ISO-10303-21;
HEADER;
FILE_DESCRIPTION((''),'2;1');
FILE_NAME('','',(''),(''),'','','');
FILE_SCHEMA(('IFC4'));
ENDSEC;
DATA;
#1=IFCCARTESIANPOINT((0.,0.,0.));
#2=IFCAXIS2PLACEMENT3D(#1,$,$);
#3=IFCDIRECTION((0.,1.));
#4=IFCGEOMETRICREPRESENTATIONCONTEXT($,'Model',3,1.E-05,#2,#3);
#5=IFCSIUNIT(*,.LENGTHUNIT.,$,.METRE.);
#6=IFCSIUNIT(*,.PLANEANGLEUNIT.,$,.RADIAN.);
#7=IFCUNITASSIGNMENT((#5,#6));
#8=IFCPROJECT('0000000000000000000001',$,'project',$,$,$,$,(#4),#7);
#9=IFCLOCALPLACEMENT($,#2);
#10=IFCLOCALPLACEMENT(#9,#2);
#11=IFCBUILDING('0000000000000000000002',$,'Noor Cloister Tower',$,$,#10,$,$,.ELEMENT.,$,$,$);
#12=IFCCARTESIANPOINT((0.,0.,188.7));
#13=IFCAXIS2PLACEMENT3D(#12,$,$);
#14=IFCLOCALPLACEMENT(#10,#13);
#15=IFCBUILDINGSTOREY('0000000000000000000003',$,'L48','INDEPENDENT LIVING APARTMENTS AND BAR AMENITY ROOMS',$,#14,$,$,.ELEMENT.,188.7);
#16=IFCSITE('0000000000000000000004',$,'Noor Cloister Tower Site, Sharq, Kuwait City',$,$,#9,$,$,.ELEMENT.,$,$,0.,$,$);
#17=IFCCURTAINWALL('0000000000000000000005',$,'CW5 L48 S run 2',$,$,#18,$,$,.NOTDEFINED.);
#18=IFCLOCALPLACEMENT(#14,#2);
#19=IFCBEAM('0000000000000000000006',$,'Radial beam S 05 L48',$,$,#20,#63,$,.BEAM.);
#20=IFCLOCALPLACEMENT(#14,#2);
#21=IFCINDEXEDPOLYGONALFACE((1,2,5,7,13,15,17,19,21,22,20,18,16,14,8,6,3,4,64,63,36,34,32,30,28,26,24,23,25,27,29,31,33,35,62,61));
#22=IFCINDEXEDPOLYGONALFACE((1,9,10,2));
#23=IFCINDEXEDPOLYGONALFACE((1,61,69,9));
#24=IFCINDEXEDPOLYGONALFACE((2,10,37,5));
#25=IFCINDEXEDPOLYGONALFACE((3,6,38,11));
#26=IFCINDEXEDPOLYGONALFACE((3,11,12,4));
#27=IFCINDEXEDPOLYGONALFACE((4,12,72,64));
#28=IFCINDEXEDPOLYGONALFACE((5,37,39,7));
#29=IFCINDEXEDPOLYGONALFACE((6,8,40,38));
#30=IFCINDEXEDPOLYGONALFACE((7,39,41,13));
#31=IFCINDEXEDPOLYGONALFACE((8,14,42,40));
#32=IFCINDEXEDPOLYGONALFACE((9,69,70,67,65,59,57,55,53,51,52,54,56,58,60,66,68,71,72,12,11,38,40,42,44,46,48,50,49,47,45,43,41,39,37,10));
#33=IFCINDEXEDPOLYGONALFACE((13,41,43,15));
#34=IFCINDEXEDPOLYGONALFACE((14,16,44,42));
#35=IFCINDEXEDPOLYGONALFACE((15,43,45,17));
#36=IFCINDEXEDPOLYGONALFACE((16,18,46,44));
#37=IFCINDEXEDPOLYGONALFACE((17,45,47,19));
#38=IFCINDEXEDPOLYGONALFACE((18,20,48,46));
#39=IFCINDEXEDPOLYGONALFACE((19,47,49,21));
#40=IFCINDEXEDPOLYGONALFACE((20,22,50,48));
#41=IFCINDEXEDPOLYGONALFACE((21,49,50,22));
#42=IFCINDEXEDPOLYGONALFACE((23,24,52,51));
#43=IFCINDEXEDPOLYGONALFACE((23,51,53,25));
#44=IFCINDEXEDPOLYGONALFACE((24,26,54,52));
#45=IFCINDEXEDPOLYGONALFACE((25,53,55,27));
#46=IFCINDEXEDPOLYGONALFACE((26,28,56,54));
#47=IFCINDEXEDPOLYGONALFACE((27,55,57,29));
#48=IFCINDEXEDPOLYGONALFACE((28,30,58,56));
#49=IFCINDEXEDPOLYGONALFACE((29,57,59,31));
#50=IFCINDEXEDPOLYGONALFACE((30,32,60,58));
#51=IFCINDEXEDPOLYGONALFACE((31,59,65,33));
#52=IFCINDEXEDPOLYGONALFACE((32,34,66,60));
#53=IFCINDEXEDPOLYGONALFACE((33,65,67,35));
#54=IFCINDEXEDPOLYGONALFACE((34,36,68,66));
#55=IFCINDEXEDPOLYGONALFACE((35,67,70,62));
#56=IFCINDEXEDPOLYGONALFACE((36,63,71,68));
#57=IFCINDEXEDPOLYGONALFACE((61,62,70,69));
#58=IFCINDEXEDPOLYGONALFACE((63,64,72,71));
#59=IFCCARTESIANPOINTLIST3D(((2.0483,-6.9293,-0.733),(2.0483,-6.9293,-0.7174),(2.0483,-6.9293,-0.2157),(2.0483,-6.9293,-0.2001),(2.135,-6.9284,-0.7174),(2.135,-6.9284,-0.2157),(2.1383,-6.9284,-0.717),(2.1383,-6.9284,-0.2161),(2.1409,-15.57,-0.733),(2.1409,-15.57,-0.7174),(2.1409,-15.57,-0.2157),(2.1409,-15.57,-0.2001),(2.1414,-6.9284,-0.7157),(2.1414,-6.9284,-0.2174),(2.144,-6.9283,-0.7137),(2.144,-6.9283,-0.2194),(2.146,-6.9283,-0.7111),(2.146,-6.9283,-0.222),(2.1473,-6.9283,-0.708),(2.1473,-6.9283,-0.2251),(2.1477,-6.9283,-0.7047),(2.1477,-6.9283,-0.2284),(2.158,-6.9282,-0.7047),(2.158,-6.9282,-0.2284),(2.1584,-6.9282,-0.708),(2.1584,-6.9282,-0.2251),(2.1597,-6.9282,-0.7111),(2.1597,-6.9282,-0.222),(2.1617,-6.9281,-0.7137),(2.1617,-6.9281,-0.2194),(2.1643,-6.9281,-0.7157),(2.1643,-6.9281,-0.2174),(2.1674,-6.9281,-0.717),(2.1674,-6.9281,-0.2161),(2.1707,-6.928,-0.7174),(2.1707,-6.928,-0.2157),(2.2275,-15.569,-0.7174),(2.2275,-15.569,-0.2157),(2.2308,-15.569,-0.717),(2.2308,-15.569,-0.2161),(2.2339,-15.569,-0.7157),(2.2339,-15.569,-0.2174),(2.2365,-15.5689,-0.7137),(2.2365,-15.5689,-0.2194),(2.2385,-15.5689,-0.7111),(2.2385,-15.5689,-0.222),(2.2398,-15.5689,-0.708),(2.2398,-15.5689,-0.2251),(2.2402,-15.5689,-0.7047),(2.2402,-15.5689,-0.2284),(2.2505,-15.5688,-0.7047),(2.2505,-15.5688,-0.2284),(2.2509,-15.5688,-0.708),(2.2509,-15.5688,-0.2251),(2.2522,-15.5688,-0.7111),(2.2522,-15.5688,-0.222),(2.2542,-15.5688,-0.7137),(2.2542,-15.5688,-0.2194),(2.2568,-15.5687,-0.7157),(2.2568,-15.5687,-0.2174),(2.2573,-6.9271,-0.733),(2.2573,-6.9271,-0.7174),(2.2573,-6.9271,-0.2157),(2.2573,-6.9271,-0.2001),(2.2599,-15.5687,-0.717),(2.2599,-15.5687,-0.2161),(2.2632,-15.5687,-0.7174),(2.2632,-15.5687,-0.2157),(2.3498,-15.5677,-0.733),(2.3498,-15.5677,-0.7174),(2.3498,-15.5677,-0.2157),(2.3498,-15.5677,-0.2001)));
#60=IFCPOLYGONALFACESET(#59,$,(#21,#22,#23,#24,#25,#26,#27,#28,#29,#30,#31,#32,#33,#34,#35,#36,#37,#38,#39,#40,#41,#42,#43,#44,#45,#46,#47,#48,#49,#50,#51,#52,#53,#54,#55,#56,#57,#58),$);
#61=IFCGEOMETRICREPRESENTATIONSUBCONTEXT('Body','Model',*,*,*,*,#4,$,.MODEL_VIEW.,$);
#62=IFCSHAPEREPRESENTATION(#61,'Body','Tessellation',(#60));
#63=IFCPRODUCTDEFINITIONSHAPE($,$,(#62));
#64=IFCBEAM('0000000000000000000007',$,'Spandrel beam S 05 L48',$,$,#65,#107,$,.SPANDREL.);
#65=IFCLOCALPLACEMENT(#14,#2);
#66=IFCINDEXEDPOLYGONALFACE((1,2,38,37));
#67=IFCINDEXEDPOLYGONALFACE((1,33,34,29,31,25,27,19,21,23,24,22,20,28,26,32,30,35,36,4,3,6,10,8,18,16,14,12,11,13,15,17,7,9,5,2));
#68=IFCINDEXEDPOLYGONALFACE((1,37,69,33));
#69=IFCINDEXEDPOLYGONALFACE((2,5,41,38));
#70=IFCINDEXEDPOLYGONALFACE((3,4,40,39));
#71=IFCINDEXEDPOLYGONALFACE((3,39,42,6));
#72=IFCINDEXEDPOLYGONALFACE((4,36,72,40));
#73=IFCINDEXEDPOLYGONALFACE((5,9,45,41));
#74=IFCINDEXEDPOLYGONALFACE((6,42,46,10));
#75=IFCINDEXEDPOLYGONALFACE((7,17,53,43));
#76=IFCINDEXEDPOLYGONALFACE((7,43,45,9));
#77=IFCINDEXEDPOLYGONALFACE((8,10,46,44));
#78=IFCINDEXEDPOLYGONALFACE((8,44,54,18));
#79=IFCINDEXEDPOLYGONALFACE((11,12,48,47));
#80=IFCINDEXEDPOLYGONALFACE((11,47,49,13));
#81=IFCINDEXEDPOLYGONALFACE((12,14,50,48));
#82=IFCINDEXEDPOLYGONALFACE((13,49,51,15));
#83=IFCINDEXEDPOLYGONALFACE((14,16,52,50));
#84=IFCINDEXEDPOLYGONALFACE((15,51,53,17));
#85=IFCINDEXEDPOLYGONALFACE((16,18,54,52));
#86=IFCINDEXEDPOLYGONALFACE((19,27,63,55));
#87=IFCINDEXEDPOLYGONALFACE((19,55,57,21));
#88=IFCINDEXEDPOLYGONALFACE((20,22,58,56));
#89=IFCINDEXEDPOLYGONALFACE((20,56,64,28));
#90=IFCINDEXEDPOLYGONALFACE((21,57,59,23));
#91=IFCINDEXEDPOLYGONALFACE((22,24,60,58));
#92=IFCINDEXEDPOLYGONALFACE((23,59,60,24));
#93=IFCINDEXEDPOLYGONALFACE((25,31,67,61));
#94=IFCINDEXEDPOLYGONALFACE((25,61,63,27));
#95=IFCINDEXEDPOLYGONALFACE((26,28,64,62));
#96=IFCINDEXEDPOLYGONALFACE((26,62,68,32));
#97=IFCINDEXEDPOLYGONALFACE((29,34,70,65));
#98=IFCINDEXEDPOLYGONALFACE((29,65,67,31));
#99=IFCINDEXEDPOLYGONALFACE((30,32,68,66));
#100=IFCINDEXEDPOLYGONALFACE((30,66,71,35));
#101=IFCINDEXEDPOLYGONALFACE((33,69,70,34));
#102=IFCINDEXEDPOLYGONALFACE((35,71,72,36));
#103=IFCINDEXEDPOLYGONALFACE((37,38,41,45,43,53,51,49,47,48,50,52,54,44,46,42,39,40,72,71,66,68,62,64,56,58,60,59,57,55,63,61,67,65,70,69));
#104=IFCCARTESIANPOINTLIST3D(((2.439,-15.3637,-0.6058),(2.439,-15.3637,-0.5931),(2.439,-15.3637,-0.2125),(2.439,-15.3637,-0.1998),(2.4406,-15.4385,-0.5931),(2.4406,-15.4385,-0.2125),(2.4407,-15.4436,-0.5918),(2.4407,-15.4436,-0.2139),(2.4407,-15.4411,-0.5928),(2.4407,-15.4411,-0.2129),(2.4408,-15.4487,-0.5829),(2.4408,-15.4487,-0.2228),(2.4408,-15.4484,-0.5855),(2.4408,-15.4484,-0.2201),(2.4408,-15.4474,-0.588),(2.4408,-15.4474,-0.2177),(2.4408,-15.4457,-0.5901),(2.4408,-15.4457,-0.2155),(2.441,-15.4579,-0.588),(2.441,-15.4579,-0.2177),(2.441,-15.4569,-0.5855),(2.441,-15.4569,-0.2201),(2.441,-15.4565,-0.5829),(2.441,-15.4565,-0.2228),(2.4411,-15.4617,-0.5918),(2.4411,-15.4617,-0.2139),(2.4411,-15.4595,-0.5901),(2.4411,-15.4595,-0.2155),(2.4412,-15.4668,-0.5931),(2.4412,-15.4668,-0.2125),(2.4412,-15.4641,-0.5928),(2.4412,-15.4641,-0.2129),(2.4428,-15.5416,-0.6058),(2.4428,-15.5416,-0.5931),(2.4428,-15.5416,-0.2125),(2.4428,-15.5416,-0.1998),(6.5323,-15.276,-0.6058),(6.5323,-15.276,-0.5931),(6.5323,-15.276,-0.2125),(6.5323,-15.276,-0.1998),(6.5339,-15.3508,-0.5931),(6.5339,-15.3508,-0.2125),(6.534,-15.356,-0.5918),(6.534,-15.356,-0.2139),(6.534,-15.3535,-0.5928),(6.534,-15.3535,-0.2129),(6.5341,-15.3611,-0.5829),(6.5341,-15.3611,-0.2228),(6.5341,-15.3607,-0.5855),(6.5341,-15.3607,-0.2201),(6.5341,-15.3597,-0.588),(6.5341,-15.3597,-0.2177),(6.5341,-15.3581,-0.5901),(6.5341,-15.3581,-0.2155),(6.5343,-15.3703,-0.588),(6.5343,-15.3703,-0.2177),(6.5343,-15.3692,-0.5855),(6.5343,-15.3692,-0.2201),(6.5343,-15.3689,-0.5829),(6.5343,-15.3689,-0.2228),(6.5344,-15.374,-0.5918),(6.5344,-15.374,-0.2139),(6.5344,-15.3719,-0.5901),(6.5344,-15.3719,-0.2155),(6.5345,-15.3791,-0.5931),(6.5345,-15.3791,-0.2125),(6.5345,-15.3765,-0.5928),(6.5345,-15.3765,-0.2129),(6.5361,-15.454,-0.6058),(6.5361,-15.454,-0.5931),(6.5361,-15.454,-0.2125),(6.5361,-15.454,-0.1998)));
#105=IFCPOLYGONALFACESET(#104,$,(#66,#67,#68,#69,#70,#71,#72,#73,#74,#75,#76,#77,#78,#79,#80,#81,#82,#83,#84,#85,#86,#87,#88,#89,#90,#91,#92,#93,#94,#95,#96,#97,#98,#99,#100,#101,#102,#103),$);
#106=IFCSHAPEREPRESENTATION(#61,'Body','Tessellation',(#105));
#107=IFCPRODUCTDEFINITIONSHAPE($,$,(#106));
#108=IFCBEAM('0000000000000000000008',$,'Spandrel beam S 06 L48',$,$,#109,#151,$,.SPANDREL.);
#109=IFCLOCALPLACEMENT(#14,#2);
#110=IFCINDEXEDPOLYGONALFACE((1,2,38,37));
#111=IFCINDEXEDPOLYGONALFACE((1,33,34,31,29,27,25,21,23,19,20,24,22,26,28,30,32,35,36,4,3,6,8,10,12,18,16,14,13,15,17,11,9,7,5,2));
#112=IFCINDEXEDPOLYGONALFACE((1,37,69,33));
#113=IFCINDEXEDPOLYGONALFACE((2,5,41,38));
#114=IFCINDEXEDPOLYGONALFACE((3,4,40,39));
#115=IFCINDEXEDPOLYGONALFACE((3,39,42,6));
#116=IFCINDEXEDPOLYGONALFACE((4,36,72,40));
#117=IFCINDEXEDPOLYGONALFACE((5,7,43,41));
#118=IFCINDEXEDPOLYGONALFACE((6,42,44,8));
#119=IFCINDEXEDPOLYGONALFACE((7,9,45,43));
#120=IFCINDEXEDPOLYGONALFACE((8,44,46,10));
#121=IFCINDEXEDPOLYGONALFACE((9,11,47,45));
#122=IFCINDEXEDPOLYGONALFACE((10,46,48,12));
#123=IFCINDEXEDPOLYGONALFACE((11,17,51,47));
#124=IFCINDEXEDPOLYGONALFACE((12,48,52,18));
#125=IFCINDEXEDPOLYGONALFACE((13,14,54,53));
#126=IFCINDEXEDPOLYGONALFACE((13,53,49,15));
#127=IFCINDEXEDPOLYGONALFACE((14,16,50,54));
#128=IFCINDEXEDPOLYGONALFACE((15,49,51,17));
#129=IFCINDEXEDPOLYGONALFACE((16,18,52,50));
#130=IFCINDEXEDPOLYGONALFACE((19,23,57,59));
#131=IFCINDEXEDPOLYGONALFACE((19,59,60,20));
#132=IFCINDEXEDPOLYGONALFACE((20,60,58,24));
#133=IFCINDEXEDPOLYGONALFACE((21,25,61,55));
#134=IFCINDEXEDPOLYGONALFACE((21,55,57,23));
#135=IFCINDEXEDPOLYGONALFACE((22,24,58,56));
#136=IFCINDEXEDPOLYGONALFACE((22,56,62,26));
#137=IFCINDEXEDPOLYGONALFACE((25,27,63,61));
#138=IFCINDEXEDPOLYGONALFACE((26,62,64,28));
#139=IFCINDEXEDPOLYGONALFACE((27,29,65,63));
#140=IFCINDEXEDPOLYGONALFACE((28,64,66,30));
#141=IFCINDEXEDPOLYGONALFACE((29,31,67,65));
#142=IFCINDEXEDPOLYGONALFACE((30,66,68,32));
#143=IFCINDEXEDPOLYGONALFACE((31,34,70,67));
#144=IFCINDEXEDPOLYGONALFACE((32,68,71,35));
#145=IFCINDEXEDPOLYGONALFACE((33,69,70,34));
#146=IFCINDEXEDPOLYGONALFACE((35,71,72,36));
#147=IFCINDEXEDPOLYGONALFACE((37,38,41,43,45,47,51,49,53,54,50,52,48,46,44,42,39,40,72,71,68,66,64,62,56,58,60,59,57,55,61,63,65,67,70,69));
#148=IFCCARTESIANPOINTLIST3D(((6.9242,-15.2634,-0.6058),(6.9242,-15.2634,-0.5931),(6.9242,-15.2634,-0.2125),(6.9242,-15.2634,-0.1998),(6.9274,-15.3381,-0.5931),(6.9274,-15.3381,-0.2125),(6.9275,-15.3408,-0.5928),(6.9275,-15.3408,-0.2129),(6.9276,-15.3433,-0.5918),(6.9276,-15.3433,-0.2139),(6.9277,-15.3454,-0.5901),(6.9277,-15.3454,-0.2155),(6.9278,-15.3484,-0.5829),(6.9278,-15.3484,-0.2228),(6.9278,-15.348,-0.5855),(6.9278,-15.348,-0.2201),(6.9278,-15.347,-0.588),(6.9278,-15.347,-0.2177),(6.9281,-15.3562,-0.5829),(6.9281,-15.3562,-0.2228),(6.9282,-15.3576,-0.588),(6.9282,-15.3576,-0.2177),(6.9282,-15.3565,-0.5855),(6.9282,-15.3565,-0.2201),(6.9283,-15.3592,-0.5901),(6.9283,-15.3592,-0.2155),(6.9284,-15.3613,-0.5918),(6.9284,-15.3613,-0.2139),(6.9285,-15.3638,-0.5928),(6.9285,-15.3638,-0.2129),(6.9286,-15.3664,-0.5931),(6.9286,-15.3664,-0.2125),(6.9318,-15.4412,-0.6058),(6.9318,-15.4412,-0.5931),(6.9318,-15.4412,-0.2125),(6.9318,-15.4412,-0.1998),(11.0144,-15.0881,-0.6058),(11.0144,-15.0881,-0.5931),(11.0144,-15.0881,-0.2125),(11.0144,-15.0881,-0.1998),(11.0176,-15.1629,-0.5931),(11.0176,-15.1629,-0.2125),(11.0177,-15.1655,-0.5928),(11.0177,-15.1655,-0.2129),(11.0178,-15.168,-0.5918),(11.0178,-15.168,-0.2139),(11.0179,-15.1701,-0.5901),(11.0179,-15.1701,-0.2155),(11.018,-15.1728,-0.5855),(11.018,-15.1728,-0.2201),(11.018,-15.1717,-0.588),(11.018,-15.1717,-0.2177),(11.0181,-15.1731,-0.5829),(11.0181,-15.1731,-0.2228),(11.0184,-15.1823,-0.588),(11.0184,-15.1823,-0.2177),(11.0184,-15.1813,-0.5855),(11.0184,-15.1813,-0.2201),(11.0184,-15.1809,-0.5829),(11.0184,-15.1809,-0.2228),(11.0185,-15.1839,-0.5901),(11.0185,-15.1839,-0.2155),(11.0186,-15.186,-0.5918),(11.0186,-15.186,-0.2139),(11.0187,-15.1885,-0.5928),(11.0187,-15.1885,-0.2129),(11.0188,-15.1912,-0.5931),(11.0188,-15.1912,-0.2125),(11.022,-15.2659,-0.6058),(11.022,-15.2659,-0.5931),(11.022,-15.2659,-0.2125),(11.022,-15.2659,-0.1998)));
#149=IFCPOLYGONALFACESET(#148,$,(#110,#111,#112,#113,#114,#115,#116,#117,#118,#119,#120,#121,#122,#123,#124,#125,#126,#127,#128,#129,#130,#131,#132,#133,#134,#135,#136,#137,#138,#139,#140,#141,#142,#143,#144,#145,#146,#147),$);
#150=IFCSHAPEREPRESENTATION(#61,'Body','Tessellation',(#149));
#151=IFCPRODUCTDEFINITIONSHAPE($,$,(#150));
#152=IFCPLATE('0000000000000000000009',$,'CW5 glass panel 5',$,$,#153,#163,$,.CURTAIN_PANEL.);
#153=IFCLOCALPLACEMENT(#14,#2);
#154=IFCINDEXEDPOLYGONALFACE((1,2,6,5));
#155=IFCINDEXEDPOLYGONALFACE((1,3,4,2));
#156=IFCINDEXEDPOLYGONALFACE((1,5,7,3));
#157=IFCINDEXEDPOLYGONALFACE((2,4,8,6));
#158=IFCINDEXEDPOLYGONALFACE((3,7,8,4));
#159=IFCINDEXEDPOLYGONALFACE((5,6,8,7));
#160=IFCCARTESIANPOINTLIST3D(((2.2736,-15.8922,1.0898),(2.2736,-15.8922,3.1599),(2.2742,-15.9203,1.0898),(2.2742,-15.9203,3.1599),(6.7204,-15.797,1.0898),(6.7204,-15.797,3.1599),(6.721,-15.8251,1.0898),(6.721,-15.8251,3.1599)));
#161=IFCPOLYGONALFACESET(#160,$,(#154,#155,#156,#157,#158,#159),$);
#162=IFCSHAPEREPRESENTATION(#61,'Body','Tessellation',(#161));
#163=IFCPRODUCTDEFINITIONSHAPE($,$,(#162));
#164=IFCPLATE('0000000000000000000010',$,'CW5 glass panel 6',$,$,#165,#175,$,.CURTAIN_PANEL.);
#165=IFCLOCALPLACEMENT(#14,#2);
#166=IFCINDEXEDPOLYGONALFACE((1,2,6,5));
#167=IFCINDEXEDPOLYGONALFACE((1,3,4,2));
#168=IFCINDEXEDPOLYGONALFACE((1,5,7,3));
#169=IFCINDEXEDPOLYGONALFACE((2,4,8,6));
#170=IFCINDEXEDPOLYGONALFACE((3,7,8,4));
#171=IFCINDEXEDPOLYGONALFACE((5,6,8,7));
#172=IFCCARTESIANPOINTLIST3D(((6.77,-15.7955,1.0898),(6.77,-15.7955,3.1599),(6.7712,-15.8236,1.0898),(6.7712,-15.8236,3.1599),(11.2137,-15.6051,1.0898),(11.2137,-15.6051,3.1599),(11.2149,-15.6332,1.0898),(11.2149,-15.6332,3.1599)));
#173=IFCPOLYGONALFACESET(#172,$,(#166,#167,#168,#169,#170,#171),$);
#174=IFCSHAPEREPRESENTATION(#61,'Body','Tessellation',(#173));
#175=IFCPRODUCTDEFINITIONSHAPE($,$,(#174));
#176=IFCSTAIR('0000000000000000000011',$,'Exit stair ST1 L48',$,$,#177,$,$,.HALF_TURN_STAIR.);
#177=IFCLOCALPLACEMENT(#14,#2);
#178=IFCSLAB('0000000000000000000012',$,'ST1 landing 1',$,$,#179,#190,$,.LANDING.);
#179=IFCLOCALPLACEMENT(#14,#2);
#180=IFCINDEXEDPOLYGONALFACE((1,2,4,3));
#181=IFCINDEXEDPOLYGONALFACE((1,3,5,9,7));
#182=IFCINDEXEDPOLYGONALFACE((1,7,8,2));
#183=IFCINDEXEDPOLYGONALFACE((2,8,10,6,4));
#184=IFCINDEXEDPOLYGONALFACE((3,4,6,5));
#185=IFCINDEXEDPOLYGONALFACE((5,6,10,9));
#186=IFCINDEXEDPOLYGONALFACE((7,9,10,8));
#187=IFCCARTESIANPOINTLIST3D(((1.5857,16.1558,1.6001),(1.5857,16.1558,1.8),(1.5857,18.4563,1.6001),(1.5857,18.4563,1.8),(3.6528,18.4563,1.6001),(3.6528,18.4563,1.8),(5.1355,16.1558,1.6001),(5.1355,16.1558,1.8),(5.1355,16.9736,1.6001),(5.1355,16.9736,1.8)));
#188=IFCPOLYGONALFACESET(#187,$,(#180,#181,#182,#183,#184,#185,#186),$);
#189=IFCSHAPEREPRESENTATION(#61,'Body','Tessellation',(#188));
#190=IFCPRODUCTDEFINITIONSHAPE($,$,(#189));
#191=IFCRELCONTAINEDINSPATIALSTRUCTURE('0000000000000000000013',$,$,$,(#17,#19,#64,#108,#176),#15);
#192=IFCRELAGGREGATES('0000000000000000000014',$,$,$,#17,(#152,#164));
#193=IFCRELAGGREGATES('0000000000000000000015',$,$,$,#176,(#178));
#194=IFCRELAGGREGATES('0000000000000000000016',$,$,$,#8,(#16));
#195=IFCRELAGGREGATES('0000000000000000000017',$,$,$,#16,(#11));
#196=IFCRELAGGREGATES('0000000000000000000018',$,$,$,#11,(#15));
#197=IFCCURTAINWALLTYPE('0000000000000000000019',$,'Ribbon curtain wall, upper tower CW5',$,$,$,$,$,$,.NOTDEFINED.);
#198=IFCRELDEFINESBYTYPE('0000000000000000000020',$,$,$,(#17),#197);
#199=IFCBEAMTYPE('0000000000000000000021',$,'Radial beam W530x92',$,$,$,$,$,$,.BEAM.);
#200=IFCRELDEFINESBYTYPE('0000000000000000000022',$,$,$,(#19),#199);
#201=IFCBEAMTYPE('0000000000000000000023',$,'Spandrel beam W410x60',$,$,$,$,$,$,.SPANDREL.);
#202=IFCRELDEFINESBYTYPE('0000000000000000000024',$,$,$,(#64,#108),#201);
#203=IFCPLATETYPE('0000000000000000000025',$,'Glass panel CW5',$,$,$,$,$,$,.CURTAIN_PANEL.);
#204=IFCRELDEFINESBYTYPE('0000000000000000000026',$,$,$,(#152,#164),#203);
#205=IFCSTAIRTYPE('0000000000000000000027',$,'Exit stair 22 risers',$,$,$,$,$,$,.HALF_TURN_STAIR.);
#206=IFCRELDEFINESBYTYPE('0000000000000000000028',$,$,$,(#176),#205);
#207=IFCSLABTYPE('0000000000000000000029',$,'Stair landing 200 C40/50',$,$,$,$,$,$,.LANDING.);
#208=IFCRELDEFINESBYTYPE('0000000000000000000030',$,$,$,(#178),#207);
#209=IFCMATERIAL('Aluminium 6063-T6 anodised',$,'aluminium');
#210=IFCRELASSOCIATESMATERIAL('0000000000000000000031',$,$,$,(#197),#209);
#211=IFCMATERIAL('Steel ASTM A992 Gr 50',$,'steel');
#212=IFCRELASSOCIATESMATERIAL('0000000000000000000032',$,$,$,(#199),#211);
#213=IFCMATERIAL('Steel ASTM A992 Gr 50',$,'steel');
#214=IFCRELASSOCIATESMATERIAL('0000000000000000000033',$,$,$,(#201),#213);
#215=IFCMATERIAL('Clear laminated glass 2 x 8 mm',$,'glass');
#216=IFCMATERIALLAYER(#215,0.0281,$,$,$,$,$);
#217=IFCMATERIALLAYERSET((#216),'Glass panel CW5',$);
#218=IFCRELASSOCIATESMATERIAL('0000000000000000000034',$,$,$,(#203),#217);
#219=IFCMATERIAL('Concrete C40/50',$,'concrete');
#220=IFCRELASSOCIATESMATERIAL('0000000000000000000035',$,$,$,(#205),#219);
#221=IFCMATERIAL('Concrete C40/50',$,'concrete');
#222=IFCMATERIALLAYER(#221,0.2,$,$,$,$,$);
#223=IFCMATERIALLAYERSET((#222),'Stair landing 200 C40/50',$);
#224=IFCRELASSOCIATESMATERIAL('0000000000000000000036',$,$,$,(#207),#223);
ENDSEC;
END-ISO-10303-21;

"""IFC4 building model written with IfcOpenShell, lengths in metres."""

from ifc_helpers import new_model, si_unit, direction, frame, origin, origin_2d, place, context, subcontext, project, spatial, polyline, rectangle, i_section, outline, extrude, material, layer, layer_set, material_profile, profile_set, type_object, element, aggregate, save


model = new_model("IFC4")

# Units and contexts
model_context = context("Model", 3, precision=1e-05, world=origin(), true_north=direction((0.0, 1.0)))
body_context = subcontext(model_context, "Body", "Model", "MODEL_VIEW")
ifc_project = project(units=[si_unit("LENGTHUNIT", "METRE"), si_unit("PLANEANGLEUNIT", "RADIAN")], contexts=[model_context])

# Site, building, storey
site_placement = place(None, origin())
site = spatial("IfcSite", under=ifc_project, at=site_placement, Name="Noor Cloister Tower Site, Sharq, Kuwait City", CompositionType="ELEMENT", RefElevation=0.0)
building_placement = place(site_placement, origin())
building = spatial("IfcBuilding", under=site, at=building_placement, Name="Noor Cloister Tower", CompositionType="ELEMENT")
storey_placement = place(building_placement, frame((0.0, 0.0, 188.7)))
storey = spatial("IfcBuildingStorey", under=building, at=storey_placement, Name="L48", Description="INDEPENDENT LIVING APARTMENTS AND BAR AMENITY ROOMS", CompositionType="ELEMENT", Elevation=188.7)

# Curtain wall
ifc_material_1 = material(Name="Aluminium 6063-T6 anodised", Category="aluminium")
curtain_wall_type = type_object("IfcCurtainWallType", Name="Ribbon curtain wall, upper tower CW5", PredefinedType="NOTDEFINED", material=ifc_material_1)
curtain_wall_placement = place(storey_placement, origin())
curtain_wall = element("IfcCurtainWall", 1, at=curtain_wall_placement, inside=storey, type_object=curtain_wall_type, Name="CW5 L48 S run 2", PredefinedType="NOTDEFINED")

# Beams
ifc_material_2 = material(Name="Steel ASTM A992 Gr 50", Category="steel")
ifc_material_profile_1 = material_profile(ifc_material_2, i_section(OverallWidth=0.209, OverallDepth=0.533, WebThickness=0.0103, FlangeThickness=0.0156, FilletRadius=0.0127, at=origin_2d()), Name="W530x92")
ifc_profile_set_1 = profile_set([ifc_material_profile_1], Name="Steel ASTM A992 Gr 50")
beam_type_1 = type_object("IfcBeamType", Name="Radial beam W530x92", PredefinedType="BEAM", material=ifc_profile_set_1)
beam_1_placement = place(storey_placement, frame((2.2454, -15.5688, -0.4666), z_axis=(-0.010708, 0.999943, 0.0), x_axis=(-0.999943, -0.010708, 0.0)))
element("IfcBeam", 2, at=beam_1_placement, inside=storey, type_object=beam_type_1, Name="Radial beam S 05 L48", PredefinedType="BEAM", context=body_context, shape_type="SweptSolid", body=[
    extrude(i_section(OverallWidth=0.209, OverallDepth=0.533, WebThickness=0.0103, FlangeThickness=0.0156, FilletRadius=0.0127, at=origin_2d()), origin(), (0.0, 0.0, 1.0), 8.6411),
])
ifc_material_3 = material(Name="Steel ASTM A992 Gr 50", Category="steel")
ifc_material_profile_2 = material_profile(ifc_material_3, i_section(OverallWidth=0.178, OverallDepth=0.406, WebThickness=0.0078, FlangeThickness=0.0127, FilletRadius=0.0103, at=origin_2d()), Name="W410x60")
ifc_profile_set_2 = profile_set([ifc_material_profile_2], Name="Steel ASTM A992 Gr 50")
beam_type_2 = type_object("IfcBeamType", Name="Spandrel beam W410x60", PredefinedType="SPANDREL", material=ifc_profile_set_2)
beam_2_placement = place(storey_placement, frame((2.4409, -15.4526, -0.4028), z_axis=(0.999771, 0.021407, 0.0), x_axis=(-0.021407, 0.999771, 0.0)))
element("IfcBeam", 3, at=beam_2_placement, inside=storey, type_object=beam_type_2, Name="Spandrel beam S 05 L48", PredefinedType="SPANDREL", context=body_context, shape_type="SweptSolid", body=[
    extrude(i_section(OverallWidth=0.178, OverallDepth=0.406, WebThickness=0.0078, FlangeThickness=0.0127, FilletRadius=0.0103, at=origin_2d()), origin(), (0.0, 0.0, 1.0), 4.0942),
])
beam_3_placement = place(storey_placement, frame((6.928, -15.3523, -0.4028), z_axis=(0.999083, 0.042816, 0.0), x_axis=(-0.042816, 0.999083, 0.0)))
element("IfcBeam", 4, at=beam_3_placement, inside=storey, type_object=beam_type_2, Name="Spandrel beam S 06 L48", PredefinedType="SPANDREL", context=body_context, shape_type="SweptSolid", body=[
    extrude(i_section(OverallWidth=0.178, OverallDepth=0.406, WebThickness=0.0078, FlangeThickness=0.0127, FilletRadius=0.0103, at=origin_2d()), origin(), (0.0, 0.0, 1.0), 4.094),
])

# Plates
ifc_material_4 = material(Name="Clear laminated glass 2 x 8 mm", Category="glass")
ifc_layer_1 = layer(ifc_material_4, 0.0281)
ifc_layer_set_1 = layer_set([ifc_layer_1], Name="Glass panel CW5")
plate_type = type_object("IfcPlateType", Name="Glass panel CW5", PredefinedType="CURTAIN_PANEL", material=ifc_layer_set_1)
plate_1_placement = place(storey_placement, frame((4.4973, -15.8586, 1.0898), z_axis=(0.0, 0.0, 1.0), x_axis=(0.999771, 0.021406, 0.0)))
plate_1 = element("IfcPlate", 5, at=plate_1_placement, type_object=plate_type, Name="CW5 glass panel 5", PredefinedType="CURTAIN_PANEL", context=body_context, shape_type="SweptSolid", body=[
    extrude(rectangle(XDim=4.4478, YDim=0.0281, at=origin_2d()), origin(), (0.0, 0.0, 1.0), 2.0701),
])
plate_2_placement = place(storey_placement, frame((8.9924, -15.7144, 1.0898), z_axis=(0.0, 0.0, 1.0), x_axis=(0.999084, 0.042803, 0.0)))
plate_2 = element("IfcPlate", 6, at=plate_2_placement, type_object=plate_type, Name="CW5 glass panel 6", PredefinedType="CURTAIN_PANEL", context=body_context, shape_type="SweptSolid", body=[
    extrude(rectangle(XDim=4.4478, YDim=0.0281, at=origin_2d()), origin(), (0.0, 0.0, 1.0), 2.0701),
])
aggregate(curtain_wall, [plate_1, plate_2])

# Stair, slab
ifc_material_5 = material(Name="Concrete C40/50", Category="concrete")
stair_type = type_object("IfcStairType", Name="Exit stair 22 risers", PredefinedType="HALF_TURN_STAIR", material=ifc_material_5)
stair_1_placement = place(storey_placement, origin())
stair_1 = element("IfcStair", 7, at=stair_1_placement, inside=storey, type_object=stair_type, Name="Exit stair ST1 L48", PredefinedType="HALF_TURN_STAIR")
ifc_material_6 = material(Name="Concrete C40/50", Category="concrete")
ifc_layer_2 = layer(ifc_material_6, 0.2)
ifc_layer_set_2 = layer_set([ifc_layer_2], Name="Stair landing 200 C40/50")
slab_type = type_object("IfcSlabType", Name="Stair landing 200 C40/50", PredefinedType="LANDING", material=ifc_layer_set_2)
slab_1_placement = place(storey_placement, frame((0.0, 0.0, 1.6001)))
slab_1 = element("IfcSlab", 8, at=slab_1_placement, type_object=slab_type, Name="ST1 landing 1", PredefinedType="LANDING", context=body_context, shape_type="SweptSolid", body=[
    extrude(outline(polyline([(5.1355, 16.1558), (5.1355, 16.9736), (3.6528, 18.4563), (1.5857, 18.4563), (1.5857, 16.1558), (5.1355, 16.1558)])), origin(), (0.0, 0.0, 1.0), 0.2),
])
aggregate(stair_1, [slab_1])

save(model, "model.ifc")
